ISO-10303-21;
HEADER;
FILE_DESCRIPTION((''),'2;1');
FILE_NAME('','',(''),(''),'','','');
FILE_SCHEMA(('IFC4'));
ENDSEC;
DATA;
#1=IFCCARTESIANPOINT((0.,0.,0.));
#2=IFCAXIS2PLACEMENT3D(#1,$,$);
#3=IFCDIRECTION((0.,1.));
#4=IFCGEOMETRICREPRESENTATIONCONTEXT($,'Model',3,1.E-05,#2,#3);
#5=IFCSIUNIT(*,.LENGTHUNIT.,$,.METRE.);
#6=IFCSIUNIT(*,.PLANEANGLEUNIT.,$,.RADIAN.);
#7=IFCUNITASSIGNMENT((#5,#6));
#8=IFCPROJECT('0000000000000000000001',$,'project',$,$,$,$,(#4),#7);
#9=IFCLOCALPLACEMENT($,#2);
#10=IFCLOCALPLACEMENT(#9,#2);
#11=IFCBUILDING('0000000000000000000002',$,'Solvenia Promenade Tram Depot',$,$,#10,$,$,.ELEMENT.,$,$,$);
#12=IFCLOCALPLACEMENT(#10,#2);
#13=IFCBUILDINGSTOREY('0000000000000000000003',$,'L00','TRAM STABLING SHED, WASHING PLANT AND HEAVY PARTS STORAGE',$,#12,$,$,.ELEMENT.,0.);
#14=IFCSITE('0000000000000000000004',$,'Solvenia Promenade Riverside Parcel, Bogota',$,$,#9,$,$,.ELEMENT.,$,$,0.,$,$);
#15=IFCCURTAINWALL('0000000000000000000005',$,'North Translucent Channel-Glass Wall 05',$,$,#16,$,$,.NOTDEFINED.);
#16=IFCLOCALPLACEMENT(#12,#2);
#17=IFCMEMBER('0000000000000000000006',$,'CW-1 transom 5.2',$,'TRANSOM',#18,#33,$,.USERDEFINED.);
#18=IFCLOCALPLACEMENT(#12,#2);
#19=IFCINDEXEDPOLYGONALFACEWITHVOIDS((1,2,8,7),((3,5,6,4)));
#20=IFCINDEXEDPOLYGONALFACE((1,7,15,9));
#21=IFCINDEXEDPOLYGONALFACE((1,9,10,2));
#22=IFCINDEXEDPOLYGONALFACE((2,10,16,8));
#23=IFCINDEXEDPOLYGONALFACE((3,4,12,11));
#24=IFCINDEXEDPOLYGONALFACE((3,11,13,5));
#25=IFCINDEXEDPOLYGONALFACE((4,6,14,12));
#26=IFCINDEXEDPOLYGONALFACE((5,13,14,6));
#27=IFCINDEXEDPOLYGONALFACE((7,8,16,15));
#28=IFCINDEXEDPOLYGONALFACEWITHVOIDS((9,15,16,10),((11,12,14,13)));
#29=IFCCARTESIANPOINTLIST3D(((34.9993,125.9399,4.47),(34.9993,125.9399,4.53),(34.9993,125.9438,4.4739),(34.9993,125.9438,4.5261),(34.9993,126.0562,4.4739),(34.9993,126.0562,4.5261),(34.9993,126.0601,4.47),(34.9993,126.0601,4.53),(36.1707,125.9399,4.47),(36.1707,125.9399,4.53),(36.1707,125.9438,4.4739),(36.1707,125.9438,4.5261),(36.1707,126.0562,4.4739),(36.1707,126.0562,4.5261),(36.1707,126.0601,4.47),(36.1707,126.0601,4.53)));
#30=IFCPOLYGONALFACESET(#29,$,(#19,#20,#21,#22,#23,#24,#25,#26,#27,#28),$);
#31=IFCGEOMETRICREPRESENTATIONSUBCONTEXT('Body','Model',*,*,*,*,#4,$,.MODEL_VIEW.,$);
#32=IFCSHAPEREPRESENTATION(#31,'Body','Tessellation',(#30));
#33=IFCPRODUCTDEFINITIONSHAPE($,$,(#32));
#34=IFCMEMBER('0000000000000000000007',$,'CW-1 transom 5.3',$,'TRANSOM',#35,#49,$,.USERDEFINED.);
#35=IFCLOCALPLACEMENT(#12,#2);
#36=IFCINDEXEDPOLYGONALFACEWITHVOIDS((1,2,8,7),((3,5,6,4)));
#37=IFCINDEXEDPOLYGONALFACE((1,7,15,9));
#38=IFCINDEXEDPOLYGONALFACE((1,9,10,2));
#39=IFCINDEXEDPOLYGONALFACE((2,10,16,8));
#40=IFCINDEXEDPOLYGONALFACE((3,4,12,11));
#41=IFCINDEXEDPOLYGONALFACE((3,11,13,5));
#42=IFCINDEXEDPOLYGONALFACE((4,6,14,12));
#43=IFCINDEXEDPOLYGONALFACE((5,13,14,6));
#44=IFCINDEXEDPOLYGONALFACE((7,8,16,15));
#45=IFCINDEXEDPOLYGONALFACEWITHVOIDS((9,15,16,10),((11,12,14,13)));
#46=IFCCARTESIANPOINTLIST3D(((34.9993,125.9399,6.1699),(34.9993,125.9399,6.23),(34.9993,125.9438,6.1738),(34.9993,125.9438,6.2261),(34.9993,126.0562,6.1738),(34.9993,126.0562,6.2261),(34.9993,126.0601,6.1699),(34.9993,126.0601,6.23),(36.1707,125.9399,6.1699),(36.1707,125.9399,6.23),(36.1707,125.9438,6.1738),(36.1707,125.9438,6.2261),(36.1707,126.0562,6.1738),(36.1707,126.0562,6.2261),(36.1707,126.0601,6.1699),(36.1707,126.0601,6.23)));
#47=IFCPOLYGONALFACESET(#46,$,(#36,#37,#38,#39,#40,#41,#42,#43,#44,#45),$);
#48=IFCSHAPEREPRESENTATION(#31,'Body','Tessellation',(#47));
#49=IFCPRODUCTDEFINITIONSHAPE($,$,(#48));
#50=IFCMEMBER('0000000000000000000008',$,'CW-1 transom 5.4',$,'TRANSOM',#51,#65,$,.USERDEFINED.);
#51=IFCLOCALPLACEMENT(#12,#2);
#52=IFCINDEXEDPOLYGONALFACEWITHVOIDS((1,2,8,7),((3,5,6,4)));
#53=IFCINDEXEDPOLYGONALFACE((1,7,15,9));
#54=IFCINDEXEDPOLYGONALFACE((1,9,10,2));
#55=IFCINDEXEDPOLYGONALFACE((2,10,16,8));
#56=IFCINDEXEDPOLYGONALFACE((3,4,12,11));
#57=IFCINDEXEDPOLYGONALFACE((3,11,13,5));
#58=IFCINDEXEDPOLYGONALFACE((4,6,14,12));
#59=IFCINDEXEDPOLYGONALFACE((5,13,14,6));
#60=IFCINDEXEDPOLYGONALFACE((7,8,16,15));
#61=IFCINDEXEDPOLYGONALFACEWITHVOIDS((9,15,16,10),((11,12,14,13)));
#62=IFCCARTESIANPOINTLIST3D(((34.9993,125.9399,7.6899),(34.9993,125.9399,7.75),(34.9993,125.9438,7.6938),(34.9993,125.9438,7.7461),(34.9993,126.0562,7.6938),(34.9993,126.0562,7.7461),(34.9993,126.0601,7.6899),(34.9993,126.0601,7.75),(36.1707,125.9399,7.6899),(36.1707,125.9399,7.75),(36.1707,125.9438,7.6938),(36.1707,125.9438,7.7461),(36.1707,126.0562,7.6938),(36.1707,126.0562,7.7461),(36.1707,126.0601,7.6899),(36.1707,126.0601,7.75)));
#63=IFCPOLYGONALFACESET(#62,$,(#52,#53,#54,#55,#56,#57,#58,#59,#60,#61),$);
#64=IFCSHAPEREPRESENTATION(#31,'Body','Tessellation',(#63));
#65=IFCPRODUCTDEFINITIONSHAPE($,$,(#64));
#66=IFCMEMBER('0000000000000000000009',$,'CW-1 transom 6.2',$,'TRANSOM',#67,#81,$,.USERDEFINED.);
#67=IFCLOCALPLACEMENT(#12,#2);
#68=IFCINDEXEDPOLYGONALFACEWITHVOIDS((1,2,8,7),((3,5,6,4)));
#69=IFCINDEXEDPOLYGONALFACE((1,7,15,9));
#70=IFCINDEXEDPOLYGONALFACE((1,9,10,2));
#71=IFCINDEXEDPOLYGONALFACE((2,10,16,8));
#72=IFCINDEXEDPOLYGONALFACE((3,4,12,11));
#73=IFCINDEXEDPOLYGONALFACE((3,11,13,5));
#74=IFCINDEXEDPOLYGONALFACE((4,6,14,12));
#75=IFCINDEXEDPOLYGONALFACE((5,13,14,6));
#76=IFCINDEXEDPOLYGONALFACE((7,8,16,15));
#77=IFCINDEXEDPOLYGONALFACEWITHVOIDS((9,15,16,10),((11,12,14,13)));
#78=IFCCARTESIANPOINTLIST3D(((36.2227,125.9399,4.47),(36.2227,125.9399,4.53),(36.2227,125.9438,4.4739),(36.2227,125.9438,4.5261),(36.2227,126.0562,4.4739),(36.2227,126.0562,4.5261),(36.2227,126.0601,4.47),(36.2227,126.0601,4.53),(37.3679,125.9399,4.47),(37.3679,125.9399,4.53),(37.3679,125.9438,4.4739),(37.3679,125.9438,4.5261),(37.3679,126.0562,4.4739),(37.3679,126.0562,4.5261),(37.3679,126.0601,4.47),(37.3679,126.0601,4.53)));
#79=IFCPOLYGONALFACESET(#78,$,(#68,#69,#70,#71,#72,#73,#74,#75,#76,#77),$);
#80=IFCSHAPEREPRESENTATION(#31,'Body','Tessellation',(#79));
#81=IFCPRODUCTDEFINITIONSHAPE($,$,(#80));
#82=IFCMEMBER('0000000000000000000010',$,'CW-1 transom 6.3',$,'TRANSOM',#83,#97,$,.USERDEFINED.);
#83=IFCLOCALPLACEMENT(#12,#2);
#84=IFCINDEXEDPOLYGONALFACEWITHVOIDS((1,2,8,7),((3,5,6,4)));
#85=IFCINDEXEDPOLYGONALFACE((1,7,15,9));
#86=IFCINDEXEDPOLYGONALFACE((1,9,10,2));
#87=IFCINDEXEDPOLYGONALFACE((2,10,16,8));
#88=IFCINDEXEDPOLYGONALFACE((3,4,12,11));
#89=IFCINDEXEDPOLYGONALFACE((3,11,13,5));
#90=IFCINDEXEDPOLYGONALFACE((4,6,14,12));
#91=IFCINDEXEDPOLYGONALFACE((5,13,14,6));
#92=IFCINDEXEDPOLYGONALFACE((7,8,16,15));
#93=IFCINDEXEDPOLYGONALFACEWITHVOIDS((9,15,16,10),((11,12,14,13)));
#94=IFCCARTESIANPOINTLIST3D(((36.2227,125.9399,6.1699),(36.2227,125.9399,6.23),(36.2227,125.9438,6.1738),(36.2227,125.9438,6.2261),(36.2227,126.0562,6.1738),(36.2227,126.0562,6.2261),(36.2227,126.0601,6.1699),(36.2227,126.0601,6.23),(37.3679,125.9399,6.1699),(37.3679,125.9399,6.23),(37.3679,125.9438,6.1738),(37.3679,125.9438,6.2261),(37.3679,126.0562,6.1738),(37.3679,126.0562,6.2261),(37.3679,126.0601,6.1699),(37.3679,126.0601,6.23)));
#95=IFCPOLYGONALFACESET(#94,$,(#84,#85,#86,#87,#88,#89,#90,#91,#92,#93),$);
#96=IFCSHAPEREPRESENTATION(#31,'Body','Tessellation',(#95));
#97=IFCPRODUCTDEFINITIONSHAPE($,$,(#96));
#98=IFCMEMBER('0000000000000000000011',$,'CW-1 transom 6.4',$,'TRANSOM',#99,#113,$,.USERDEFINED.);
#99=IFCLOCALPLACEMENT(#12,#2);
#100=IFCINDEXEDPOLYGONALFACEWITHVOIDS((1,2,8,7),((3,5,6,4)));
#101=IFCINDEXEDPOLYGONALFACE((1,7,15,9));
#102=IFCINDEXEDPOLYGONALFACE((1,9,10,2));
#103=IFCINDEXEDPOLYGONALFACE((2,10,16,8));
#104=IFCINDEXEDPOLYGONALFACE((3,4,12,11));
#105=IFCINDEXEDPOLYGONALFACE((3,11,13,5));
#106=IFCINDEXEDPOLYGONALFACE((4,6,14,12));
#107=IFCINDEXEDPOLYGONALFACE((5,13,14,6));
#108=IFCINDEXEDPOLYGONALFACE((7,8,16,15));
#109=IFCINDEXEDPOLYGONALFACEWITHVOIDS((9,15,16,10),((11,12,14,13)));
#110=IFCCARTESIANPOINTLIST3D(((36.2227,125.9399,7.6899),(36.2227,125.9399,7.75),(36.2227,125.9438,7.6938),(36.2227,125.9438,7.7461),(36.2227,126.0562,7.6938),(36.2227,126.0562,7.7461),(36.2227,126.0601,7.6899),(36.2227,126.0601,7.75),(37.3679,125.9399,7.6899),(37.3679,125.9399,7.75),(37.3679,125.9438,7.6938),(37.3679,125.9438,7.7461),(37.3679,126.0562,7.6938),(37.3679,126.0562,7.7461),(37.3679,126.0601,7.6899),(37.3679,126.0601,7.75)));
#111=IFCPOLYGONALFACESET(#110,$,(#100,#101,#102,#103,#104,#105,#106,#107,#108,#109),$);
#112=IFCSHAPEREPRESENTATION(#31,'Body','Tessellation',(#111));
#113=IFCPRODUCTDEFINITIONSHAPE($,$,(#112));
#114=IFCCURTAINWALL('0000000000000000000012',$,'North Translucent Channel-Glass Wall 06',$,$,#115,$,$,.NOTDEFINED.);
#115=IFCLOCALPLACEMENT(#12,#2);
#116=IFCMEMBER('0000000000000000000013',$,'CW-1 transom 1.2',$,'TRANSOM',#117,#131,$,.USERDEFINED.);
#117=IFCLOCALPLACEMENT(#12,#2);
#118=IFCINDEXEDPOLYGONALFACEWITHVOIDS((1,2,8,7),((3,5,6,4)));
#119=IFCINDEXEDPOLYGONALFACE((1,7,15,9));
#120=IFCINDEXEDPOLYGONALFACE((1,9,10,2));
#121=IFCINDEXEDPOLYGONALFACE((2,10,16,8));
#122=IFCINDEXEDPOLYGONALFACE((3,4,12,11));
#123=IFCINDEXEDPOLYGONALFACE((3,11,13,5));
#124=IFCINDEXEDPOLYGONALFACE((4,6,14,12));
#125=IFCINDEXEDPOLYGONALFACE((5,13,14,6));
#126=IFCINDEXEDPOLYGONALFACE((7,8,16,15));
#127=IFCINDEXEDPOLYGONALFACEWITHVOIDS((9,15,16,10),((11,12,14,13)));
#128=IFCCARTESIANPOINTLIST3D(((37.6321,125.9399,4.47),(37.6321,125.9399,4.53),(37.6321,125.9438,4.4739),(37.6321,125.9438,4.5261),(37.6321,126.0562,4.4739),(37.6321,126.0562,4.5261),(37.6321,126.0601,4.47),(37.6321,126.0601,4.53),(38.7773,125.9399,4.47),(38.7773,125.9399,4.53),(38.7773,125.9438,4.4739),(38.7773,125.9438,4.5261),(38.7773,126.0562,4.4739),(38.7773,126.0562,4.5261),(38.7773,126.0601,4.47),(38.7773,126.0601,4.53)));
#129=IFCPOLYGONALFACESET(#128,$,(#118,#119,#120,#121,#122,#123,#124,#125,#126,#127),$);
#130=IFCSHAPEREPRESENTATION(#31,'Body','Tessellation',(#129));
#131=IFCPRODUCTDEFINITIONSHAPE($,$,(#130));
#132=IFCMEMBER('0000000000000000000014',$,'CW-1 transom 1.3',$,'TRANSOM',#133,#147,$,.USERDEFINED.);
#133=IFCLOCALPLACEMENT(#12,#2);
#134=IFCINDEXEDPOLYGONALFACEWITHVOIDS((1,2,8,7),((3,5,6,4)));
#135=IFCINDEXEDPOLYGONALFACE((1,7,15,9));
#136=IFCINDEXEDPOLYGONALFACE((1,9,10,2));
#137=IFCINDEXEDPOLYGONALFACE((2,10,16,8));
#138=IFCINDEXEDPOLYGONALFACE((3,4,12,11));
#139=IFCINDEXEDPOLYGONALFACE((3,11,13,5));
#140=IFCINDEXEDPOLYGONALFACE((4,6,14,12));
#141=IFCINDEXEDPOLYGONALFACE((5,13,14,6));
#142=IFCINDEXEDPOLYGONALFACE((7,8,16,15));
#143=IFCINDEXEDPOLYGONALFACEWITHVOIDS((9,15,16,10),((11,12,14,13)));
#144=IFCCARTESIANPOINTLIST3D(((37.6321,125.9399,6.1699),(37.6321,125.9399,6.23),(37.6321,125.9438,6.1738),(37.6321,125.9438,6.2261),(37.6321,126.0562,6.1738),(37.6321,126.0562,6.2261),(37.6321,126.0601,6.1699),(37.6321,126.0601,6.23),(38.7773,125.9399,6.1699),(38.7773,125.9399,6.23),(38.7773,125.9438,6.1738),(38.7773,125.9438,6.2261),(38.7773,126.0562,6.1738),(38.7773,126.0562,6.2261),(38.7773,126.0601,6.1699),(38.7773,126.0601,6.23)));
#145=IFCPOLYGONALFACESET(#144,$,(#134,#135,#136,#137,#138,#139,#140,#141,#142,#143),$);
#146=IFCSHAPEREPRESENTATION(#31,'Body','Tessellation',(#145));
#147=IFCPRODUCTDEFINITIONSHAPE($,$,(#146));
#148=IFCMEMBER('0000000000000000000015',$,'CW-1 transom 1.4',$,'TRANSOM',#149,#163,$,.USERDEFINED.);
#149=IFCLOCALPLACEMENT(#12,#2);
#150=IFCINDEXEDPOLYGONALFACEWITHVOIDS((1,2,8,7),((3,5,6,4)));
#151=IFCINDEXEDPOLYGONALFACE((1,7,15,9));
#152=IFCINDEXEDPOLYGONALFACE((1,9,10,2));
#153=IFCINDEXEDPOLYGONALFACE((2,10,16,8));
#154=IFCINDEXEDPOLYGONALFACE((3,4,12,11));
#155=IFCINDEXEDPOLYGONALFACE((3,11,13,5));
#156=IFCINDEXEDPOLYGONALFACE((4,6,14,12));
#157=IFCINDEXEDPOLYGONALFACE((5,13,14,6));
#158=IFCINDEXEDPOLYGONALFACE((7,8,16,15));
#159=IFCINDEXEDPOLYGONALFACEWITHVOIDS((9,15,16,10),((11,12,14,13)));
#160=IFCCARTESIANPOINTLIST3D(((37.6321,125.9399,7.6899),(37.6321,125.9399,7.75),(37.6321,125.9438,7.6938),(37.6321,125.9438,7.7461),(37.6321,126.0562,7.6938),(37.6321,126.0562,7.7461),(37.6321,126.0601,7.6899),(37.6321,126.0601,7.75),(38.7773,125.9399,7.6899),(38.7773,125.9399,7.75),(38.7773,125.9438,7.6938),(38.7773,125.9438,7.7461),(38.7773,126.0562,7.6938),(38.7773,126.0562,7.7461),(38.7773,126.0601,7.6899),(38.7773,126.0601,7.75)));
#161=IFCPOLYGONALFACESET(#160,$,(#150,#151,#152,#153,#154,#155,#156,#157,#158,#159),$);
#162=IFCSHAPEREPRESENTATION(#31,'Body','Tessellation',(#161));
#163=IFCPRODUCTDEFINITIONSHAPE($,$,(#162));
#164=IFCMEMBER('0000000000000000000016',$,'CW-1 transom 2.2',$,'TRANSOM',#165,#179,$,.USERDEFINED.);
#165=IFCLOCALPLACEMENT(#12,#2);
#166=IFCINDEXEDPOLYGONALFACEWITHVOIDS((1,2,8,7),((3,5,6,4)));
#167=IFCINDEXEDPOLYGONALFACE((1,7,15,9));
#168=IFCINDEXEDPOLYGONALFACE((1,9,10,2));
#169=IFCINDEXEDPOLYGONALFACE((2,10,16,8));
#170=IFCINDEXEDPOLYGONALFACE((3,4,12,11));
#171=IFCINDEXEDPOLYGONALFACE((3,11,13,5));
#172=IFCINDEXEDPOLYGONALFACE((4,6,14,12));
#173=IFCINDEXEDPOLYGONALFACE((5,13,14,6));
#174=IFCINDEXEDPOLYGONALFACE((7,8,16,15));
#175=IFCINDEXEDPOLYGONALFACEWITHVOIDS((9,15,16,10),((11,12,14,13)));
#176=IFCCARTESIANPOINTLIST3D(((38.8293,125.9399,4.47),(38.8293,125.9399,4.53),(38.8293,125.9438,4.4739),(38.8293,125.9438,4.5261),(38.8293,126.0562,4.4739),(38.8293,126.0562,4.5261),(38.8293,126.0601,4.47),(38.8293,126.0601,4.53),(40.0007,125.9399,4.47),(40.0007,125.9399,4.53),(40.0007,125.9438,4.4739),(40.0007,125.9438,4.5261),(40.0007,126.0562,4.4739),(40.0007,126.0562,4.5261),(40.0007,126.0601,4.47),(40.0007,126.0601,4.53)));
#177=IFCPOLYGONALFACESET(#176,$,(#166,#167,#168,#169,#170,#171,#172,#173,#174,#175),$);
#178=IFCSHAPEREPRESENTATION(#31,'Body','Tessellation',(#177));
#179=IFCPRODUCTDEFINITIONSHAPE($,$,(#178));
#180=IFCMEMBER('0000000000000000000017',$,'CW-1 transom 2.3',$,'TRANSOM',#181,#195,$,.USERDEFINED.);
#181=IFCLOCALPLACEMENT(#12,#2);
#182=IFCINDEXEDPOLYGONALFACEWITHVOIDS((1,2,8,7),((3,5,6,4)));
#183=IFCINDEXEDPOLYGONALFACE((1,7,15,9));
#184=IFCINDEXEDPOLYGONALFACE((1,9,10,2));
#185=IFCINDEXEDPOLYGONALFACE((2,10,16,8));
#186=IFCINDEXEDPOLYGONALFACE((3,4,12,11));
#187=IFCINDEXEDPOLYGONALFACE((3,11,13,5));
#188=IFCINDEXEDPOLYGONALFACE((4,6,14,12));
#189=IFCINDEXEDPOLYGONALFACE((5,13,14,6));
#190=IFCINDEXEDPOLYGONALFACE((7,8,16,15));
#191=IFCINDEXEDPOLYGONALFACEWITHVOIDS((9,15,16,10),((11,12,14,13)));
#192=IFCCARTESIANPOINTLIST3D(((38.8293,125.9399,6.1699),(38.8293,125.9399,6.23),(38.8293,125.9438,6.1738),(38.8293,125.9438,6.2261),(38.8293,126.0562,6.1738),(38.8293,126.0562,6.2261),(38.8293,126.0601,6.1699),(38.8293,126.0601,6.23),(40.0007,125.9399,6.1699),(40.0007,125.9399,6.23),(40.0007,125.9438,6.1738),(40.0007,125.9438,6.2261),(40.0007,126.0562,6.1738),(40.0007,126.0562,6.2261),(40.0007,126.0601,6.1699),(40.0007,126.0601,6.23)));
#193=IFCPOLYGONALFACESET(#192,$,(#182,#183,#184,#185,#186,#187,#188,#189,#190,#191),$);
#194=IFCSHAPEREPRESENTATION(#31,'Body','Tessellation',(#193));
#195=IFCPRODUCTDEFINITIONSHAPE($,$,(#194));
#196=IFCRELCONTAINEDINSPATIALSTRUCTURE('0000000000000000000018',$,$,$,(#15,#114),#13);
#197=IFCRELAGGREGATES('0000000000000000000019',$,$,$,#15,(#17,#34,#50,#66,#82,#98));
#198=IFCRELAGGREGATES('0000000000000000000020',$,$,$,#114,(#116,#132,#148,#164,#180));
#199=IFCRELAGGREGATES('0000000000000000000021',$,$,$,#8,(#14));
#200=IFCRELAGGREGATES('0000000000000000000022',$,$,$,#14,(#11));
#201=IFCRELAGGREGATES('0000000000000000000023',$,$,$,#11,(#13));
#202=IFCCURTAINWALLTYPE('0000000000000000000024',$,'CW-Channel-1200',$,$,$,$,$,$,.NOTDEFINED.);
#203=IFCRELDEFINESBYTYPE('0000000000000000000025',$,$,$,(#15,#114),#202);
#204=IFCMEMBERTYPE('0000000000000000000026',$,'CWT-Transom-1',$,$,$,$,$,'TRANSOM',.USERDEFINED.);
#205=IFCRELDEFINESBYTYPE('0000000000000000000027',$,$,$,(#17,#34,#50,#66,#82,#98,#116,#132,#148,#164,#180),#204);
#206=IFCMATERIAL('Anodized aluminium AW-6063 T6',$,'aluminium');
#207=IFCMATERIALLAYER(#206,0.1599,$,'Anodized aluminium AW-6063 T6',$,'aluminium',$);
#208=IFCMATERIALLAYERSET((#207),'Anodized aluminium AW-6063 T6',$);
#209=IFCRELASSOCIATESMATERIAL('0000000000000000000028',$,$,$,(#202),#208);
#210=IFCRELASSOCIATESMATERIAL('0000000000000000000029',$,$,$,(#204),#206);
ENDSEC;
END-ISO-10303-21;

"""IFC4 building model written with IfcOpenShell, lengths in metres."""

from ifc_helpers import new_model, si_unit, direction, frame, origin, origin_2d, place, context, subcontext, project, spatial, hollow_rectangle, extrude, material, layer, layer_set, material_profile, profile_set, type_object, element, aggregate, save


model = new_model("IFC4")

# Units and contexts
model_context = context("Model", 3, precision=1e-05, world=origin(), true_north=direction((0.0, 1.0)))
body_context = subcontext(model_context, "Body", "Model", "MODEL_VIEW")
ifc_project = project(units=[si_unit("LENGTHUNIT", "METRE"), si_unit("PLANEANGLEUNIT", "RADIAN")], contexts=[model_context])

# Site, building, storey
site_placement = place(None, origin())
site = spatial("IfcSite", under=ifc_project, at=site_placement, Name="Solvenia Promenade Riverside Parcel, Bogota", CompositionType="ELEMENT", RefElevation=0.0)
building_placement = place(site_placement, origin())
building = spatial("IfcBuilding", under=site, at=building_placement, Name="Solvenia Promenade Tram Depot", CompositionType="ELEMENT")
storey_placement = place(building_placement, origin())
storey = spatial("IfcBuildingStorey", under=building, at=storey_placement, Name="L00", Description="TRAM STABLING SHED, WASHING PLANT AND HEAVY PARTS STORAGE", CompositionType="ELEMENT", Elevation=0.0)

# Curtain walls, members
ifc_material_1 = material(Name="Anodized aluminium AW-6063 T6", Category="aluminium")
ifc_layer_1 = layer(ifc_material_1, 0.1599, Name="Anodized aluminium AW-6063 T6", Category="aluminium")
ifc_layer_set_1 = layer_set([ifc_layer_1], Name="Anodized aluminium AW-6063 T6")
curtain_wall_type = type_object("IfcCurtainWallType", Name="CW-Channel-1200", PredefinedType="NOTDEFINED", material=ifc_layer_set_1)
curtain_wall_1_placement = place(storey_placement, origin())
curtain_wall_1 = element("IfcCurtainWall", 1, at=curtain_wall_1_placement, inside=storey, type_object=curtain_wall_type, Name="North Translucent Channel-Glass Wall 05", PredefinedType="NOTDEFINED")
ifc_material_profile = material_profile(ifc_material_1, hollow_rectangle(XDim=0.1201, YDim=0.0601, WallThickness=0.0039, at=origin_2d()), Name="ALU-T1", Category="aluminium")
ifc_profile_set = profile_set([ifc_material_profile], Name="Anodized aluminium AW-6063 T6")
member_type = type_object("IfcMemberType", Name="CWT-Transom-1", ElementType="TRANSOM", PredefinedType="USERDEFINED", material=ifc_profile_set)
member_1_placement = place(storey_placement, frame((34.9993, 126.0, 4.5), z_axis=(1.0, 0.0, 0.0), x_axis=(0.0, 1.0, 0.0)))
member_1 = element("IfcMember", 2, at=member_1_placement, type_object=member_type, Name="CW-1 transom 5.2", ObjectType="TRANSOM", PredefinedType="USERDEFINED", context=body_context, shape_type="SweptSolid", body=[
    extrude(hollow_rectangle(XDim=0.1201, YDim=0.0601, WallThickness=0.0039, at=origin_2d()), origin(), (0.0, 0.0, 1.0), 1.1714),
])
member_2_placement = place(storey_placement, frame((34.9993, 126.0, 6.2), z_axis=(1.0, 0.0, 0.0), x_axis=(0.0, 1.0, 0.0)))
member_2 = element("IfcMember", 3, at=member_2_placement, type_object=member_type, Name="CW-1 transom 5.3", ObjectType="TRANSOM", PredefinedType="USERDEFINED", context=body_context, shape_type="SweptSolid", body=[
    extrude(hollow_rectangle(XDim=0.1201, YDim=0.0601, WallThickness=0.0039, at=origin_2d()), origin(), (0.0, 0.0, 1.0), 1.1714),
])
member_3_placement = place(storey_placement, frame((34.9993, 126.0, 7.72), z_axis=(1.0, 0.0, 0.0), x_axis=(0.0, 1.0, 0.0)))
member_3 = element("IfcMember", 4, at=member_3_placement, type_object=member_type, Name="CW-1 transom 5.4", ObjectType="TRANSOM", PredefinedType="USERDEFINED", context=body_context, shape_type="SweptSolid", body=[
    extrude(hollow_rectangle(XDim=0.1201, YDim=0.0601, WallThickness=0.0039, at=origin_2d()), origin(), (0.0, 0.0, 1.0), 1.1714),
])
member_4_placement = place(storey_placement, frame((36.2227, 126.0, 4.5), z_axis=(1.0, 0.0, 0.0), x_axis=(0.0, 1.0, 0.0)))
member_4 = element("IfcMember", 5, at=member_4_placement, type_object=member_type, Name="CW-1 transom 6.2", ObjectType="TRANSOM", PredefinedType="USERDEFINED", context=body_context, shape_type="SweptSolid", body=[
    extrude(hollow_rectangle(XDim=0.1201, YDim=0.0601, WallThickness=0.0039, at=origin_2d()), origin(), (0.0, 0.0, 1.0), 1.1453),
])
member_5_placement = place(storey_placement, frame((36.2227, 126.0, 6.2), z_axis=(1.0, 0.0, 0.0), x_axis=(0.0, 1.0, 0.0)))
member_5 = element("IfcMember", 6, at=member_5_placement, type_object=member_type, Name="CW-1 transom 6.3", ObjectType="TRANSOM", PredefinedType="USERDEFINED", context=body_context, shape_type="SweptSolid", body=[
    extrude(hollow_rectangle(XDim=0.1201, YDim=0.0601, WallThickness=0.0039, at=origin_2d()), origin(), (0.0, 0.0, 1.0), 1.1453),
])
member_6_placement = place(storey_placement, frame((36.2227, 126.0, 7.72), z_axis=(1.0, 0.0, 0.0), x_axis=(0.0, 1.0, 0.0)))
member_6 = element("IfcMember", 7, at=member_6_placement, type_object=member_type, Name="CW-1 transom 6.4", ObjectType="TRANSOM", PredefinedType="USERDEFINED", context=body_context, shape_type="SweptSolid", body=[
    extrude(hollow_rectangle(XDim=0.1201, YDim=0.0601, WallThickness=0.0039, at=origin_2d()), origin(), (0.0, 0.0, 1.0), 1.1453),
])
curtain_wall_2_placement = place(storey_placement, origin())
curtain_wall_2 = element("IfcCurtainWall", 8, at=curtain_wall_2_placement, inside=storey, type_object=curtain_wall_type, Name="North Translucent Channel-Glass Wall 06", PredefinedType="NOTDEFINED")
member_7_placement = place(storey_placement, frame((37.6321, 126.0, 4.5), z_axis=(1.0, 0.0, 0.0), x_axis=(0.0, 1.0, 0.0)))
member_7 = element("IfcMember", 9, at=member_7_placement, type_object=member_type, Name="CW-1 transom 1.2", ObjectType="TRANSOM", PredefinedType="USERDEFINED", context=body_context, shape_type="SweptSolid", body=[
    extrude(hollow_rectangle(XDim=0.1201, YDim=0.0601, WallThickness=0.0039, at=origin_2d()), origin(), (0.0, 0.0, 1.0), 1.1453),
])
member_8_placement = place(storey_placement, frame((37.6321, 126.0, 6.2), z_axis=(1.0, 0.0, 0.0), x_axis=(0.0, 1.0, 0.0)))
member_8 = element("IfcMember", 10, at=member_8_placement, type_object=member_type, Name="CW-1 transom 1.3", ObjectType="TRANSOM", PredefinedType="USERDEFINED", context=body_context, shape_type="SweptSolid", body=[
    extrude(hollow_rectangle(XDim=0.1201, YDim=0.0601, WallThickness=0.0039, at=origin_2d()), origin(), (0.0, 0.0, 1.0), 1.1453),
])
member_9_placement = place(storey_placement, frame((37.6321, 126.0, 7.72), z_axis=(1.0, 0.0, 0.0), x_axis=(0.0, 1.0, 0.0)))
member_9 = element("IfcMember", 11, at=member_9_placement, type_object=member_type, Name="CW-1 transom 1.4", ObjectType="TRANSOM", PredefinedType="USERDEFINED", context=body_context, shape_type="SweptSolid", body=[
    extrude(hollow_rectangle(XDim=0.1201, YDim=0.0601, WallThickness=0.0039, at=origin_2d()), origin(), (0.0, 0.0, 1.0), 1.1453),
])
member_10_placement = place(storey_placement, frame((38.8293, 126.0, 4.5), z_axis=(1.0, 0.0, 0.0), x_axis=(0.0, 1.0, 0.0)))
member_10 = element("IfcMember", 12, at=member_10_placement, type_object=member_type, Name="CW-1 transom 2.2", ObjectType="TRANSOM", PredefinedType="USERDEFINED", context=body_context, shape_type="SweptSolid", body=[
    extrude(hollow_rectangle(XDim=0.1201, YDim=0.0601, WallThickness=0.0039, at=origin_2d()), origin(), (0.0, 0.0, 1.0), 1.1714),
])
member_11_placement = place(storey_placement, frame((38.8293, 126.0, 6.2), z_axis=(1.0, 0.0, 0.0), x_axis=(0.0, 1.0, 0.0)))
member_11 = element("IfcMember", 13, at=member_11_placement, type_object=member_type, Name="CW-1 transom 2.3", ObjectType="TRANSOM", PredefinedType="USERDEFINED", context=body_context, shape_type="SweptSolid", body=[
    extrude(hollow_rectangle(XDim=0.1201, YDim=0.0601, WallThickness=0.0039, at=origin_2d()), origin(), (0.0, 0.0, 1.0), 1.1714),
])

aggregate(curtain_wall_1, [member_1, member_2, member_3, member_4, member_5, member_6])
aggregate(curtain_wall_2, [member_7, member_8, member_9, member_10, member_11])

save(model, "model.ifc")
